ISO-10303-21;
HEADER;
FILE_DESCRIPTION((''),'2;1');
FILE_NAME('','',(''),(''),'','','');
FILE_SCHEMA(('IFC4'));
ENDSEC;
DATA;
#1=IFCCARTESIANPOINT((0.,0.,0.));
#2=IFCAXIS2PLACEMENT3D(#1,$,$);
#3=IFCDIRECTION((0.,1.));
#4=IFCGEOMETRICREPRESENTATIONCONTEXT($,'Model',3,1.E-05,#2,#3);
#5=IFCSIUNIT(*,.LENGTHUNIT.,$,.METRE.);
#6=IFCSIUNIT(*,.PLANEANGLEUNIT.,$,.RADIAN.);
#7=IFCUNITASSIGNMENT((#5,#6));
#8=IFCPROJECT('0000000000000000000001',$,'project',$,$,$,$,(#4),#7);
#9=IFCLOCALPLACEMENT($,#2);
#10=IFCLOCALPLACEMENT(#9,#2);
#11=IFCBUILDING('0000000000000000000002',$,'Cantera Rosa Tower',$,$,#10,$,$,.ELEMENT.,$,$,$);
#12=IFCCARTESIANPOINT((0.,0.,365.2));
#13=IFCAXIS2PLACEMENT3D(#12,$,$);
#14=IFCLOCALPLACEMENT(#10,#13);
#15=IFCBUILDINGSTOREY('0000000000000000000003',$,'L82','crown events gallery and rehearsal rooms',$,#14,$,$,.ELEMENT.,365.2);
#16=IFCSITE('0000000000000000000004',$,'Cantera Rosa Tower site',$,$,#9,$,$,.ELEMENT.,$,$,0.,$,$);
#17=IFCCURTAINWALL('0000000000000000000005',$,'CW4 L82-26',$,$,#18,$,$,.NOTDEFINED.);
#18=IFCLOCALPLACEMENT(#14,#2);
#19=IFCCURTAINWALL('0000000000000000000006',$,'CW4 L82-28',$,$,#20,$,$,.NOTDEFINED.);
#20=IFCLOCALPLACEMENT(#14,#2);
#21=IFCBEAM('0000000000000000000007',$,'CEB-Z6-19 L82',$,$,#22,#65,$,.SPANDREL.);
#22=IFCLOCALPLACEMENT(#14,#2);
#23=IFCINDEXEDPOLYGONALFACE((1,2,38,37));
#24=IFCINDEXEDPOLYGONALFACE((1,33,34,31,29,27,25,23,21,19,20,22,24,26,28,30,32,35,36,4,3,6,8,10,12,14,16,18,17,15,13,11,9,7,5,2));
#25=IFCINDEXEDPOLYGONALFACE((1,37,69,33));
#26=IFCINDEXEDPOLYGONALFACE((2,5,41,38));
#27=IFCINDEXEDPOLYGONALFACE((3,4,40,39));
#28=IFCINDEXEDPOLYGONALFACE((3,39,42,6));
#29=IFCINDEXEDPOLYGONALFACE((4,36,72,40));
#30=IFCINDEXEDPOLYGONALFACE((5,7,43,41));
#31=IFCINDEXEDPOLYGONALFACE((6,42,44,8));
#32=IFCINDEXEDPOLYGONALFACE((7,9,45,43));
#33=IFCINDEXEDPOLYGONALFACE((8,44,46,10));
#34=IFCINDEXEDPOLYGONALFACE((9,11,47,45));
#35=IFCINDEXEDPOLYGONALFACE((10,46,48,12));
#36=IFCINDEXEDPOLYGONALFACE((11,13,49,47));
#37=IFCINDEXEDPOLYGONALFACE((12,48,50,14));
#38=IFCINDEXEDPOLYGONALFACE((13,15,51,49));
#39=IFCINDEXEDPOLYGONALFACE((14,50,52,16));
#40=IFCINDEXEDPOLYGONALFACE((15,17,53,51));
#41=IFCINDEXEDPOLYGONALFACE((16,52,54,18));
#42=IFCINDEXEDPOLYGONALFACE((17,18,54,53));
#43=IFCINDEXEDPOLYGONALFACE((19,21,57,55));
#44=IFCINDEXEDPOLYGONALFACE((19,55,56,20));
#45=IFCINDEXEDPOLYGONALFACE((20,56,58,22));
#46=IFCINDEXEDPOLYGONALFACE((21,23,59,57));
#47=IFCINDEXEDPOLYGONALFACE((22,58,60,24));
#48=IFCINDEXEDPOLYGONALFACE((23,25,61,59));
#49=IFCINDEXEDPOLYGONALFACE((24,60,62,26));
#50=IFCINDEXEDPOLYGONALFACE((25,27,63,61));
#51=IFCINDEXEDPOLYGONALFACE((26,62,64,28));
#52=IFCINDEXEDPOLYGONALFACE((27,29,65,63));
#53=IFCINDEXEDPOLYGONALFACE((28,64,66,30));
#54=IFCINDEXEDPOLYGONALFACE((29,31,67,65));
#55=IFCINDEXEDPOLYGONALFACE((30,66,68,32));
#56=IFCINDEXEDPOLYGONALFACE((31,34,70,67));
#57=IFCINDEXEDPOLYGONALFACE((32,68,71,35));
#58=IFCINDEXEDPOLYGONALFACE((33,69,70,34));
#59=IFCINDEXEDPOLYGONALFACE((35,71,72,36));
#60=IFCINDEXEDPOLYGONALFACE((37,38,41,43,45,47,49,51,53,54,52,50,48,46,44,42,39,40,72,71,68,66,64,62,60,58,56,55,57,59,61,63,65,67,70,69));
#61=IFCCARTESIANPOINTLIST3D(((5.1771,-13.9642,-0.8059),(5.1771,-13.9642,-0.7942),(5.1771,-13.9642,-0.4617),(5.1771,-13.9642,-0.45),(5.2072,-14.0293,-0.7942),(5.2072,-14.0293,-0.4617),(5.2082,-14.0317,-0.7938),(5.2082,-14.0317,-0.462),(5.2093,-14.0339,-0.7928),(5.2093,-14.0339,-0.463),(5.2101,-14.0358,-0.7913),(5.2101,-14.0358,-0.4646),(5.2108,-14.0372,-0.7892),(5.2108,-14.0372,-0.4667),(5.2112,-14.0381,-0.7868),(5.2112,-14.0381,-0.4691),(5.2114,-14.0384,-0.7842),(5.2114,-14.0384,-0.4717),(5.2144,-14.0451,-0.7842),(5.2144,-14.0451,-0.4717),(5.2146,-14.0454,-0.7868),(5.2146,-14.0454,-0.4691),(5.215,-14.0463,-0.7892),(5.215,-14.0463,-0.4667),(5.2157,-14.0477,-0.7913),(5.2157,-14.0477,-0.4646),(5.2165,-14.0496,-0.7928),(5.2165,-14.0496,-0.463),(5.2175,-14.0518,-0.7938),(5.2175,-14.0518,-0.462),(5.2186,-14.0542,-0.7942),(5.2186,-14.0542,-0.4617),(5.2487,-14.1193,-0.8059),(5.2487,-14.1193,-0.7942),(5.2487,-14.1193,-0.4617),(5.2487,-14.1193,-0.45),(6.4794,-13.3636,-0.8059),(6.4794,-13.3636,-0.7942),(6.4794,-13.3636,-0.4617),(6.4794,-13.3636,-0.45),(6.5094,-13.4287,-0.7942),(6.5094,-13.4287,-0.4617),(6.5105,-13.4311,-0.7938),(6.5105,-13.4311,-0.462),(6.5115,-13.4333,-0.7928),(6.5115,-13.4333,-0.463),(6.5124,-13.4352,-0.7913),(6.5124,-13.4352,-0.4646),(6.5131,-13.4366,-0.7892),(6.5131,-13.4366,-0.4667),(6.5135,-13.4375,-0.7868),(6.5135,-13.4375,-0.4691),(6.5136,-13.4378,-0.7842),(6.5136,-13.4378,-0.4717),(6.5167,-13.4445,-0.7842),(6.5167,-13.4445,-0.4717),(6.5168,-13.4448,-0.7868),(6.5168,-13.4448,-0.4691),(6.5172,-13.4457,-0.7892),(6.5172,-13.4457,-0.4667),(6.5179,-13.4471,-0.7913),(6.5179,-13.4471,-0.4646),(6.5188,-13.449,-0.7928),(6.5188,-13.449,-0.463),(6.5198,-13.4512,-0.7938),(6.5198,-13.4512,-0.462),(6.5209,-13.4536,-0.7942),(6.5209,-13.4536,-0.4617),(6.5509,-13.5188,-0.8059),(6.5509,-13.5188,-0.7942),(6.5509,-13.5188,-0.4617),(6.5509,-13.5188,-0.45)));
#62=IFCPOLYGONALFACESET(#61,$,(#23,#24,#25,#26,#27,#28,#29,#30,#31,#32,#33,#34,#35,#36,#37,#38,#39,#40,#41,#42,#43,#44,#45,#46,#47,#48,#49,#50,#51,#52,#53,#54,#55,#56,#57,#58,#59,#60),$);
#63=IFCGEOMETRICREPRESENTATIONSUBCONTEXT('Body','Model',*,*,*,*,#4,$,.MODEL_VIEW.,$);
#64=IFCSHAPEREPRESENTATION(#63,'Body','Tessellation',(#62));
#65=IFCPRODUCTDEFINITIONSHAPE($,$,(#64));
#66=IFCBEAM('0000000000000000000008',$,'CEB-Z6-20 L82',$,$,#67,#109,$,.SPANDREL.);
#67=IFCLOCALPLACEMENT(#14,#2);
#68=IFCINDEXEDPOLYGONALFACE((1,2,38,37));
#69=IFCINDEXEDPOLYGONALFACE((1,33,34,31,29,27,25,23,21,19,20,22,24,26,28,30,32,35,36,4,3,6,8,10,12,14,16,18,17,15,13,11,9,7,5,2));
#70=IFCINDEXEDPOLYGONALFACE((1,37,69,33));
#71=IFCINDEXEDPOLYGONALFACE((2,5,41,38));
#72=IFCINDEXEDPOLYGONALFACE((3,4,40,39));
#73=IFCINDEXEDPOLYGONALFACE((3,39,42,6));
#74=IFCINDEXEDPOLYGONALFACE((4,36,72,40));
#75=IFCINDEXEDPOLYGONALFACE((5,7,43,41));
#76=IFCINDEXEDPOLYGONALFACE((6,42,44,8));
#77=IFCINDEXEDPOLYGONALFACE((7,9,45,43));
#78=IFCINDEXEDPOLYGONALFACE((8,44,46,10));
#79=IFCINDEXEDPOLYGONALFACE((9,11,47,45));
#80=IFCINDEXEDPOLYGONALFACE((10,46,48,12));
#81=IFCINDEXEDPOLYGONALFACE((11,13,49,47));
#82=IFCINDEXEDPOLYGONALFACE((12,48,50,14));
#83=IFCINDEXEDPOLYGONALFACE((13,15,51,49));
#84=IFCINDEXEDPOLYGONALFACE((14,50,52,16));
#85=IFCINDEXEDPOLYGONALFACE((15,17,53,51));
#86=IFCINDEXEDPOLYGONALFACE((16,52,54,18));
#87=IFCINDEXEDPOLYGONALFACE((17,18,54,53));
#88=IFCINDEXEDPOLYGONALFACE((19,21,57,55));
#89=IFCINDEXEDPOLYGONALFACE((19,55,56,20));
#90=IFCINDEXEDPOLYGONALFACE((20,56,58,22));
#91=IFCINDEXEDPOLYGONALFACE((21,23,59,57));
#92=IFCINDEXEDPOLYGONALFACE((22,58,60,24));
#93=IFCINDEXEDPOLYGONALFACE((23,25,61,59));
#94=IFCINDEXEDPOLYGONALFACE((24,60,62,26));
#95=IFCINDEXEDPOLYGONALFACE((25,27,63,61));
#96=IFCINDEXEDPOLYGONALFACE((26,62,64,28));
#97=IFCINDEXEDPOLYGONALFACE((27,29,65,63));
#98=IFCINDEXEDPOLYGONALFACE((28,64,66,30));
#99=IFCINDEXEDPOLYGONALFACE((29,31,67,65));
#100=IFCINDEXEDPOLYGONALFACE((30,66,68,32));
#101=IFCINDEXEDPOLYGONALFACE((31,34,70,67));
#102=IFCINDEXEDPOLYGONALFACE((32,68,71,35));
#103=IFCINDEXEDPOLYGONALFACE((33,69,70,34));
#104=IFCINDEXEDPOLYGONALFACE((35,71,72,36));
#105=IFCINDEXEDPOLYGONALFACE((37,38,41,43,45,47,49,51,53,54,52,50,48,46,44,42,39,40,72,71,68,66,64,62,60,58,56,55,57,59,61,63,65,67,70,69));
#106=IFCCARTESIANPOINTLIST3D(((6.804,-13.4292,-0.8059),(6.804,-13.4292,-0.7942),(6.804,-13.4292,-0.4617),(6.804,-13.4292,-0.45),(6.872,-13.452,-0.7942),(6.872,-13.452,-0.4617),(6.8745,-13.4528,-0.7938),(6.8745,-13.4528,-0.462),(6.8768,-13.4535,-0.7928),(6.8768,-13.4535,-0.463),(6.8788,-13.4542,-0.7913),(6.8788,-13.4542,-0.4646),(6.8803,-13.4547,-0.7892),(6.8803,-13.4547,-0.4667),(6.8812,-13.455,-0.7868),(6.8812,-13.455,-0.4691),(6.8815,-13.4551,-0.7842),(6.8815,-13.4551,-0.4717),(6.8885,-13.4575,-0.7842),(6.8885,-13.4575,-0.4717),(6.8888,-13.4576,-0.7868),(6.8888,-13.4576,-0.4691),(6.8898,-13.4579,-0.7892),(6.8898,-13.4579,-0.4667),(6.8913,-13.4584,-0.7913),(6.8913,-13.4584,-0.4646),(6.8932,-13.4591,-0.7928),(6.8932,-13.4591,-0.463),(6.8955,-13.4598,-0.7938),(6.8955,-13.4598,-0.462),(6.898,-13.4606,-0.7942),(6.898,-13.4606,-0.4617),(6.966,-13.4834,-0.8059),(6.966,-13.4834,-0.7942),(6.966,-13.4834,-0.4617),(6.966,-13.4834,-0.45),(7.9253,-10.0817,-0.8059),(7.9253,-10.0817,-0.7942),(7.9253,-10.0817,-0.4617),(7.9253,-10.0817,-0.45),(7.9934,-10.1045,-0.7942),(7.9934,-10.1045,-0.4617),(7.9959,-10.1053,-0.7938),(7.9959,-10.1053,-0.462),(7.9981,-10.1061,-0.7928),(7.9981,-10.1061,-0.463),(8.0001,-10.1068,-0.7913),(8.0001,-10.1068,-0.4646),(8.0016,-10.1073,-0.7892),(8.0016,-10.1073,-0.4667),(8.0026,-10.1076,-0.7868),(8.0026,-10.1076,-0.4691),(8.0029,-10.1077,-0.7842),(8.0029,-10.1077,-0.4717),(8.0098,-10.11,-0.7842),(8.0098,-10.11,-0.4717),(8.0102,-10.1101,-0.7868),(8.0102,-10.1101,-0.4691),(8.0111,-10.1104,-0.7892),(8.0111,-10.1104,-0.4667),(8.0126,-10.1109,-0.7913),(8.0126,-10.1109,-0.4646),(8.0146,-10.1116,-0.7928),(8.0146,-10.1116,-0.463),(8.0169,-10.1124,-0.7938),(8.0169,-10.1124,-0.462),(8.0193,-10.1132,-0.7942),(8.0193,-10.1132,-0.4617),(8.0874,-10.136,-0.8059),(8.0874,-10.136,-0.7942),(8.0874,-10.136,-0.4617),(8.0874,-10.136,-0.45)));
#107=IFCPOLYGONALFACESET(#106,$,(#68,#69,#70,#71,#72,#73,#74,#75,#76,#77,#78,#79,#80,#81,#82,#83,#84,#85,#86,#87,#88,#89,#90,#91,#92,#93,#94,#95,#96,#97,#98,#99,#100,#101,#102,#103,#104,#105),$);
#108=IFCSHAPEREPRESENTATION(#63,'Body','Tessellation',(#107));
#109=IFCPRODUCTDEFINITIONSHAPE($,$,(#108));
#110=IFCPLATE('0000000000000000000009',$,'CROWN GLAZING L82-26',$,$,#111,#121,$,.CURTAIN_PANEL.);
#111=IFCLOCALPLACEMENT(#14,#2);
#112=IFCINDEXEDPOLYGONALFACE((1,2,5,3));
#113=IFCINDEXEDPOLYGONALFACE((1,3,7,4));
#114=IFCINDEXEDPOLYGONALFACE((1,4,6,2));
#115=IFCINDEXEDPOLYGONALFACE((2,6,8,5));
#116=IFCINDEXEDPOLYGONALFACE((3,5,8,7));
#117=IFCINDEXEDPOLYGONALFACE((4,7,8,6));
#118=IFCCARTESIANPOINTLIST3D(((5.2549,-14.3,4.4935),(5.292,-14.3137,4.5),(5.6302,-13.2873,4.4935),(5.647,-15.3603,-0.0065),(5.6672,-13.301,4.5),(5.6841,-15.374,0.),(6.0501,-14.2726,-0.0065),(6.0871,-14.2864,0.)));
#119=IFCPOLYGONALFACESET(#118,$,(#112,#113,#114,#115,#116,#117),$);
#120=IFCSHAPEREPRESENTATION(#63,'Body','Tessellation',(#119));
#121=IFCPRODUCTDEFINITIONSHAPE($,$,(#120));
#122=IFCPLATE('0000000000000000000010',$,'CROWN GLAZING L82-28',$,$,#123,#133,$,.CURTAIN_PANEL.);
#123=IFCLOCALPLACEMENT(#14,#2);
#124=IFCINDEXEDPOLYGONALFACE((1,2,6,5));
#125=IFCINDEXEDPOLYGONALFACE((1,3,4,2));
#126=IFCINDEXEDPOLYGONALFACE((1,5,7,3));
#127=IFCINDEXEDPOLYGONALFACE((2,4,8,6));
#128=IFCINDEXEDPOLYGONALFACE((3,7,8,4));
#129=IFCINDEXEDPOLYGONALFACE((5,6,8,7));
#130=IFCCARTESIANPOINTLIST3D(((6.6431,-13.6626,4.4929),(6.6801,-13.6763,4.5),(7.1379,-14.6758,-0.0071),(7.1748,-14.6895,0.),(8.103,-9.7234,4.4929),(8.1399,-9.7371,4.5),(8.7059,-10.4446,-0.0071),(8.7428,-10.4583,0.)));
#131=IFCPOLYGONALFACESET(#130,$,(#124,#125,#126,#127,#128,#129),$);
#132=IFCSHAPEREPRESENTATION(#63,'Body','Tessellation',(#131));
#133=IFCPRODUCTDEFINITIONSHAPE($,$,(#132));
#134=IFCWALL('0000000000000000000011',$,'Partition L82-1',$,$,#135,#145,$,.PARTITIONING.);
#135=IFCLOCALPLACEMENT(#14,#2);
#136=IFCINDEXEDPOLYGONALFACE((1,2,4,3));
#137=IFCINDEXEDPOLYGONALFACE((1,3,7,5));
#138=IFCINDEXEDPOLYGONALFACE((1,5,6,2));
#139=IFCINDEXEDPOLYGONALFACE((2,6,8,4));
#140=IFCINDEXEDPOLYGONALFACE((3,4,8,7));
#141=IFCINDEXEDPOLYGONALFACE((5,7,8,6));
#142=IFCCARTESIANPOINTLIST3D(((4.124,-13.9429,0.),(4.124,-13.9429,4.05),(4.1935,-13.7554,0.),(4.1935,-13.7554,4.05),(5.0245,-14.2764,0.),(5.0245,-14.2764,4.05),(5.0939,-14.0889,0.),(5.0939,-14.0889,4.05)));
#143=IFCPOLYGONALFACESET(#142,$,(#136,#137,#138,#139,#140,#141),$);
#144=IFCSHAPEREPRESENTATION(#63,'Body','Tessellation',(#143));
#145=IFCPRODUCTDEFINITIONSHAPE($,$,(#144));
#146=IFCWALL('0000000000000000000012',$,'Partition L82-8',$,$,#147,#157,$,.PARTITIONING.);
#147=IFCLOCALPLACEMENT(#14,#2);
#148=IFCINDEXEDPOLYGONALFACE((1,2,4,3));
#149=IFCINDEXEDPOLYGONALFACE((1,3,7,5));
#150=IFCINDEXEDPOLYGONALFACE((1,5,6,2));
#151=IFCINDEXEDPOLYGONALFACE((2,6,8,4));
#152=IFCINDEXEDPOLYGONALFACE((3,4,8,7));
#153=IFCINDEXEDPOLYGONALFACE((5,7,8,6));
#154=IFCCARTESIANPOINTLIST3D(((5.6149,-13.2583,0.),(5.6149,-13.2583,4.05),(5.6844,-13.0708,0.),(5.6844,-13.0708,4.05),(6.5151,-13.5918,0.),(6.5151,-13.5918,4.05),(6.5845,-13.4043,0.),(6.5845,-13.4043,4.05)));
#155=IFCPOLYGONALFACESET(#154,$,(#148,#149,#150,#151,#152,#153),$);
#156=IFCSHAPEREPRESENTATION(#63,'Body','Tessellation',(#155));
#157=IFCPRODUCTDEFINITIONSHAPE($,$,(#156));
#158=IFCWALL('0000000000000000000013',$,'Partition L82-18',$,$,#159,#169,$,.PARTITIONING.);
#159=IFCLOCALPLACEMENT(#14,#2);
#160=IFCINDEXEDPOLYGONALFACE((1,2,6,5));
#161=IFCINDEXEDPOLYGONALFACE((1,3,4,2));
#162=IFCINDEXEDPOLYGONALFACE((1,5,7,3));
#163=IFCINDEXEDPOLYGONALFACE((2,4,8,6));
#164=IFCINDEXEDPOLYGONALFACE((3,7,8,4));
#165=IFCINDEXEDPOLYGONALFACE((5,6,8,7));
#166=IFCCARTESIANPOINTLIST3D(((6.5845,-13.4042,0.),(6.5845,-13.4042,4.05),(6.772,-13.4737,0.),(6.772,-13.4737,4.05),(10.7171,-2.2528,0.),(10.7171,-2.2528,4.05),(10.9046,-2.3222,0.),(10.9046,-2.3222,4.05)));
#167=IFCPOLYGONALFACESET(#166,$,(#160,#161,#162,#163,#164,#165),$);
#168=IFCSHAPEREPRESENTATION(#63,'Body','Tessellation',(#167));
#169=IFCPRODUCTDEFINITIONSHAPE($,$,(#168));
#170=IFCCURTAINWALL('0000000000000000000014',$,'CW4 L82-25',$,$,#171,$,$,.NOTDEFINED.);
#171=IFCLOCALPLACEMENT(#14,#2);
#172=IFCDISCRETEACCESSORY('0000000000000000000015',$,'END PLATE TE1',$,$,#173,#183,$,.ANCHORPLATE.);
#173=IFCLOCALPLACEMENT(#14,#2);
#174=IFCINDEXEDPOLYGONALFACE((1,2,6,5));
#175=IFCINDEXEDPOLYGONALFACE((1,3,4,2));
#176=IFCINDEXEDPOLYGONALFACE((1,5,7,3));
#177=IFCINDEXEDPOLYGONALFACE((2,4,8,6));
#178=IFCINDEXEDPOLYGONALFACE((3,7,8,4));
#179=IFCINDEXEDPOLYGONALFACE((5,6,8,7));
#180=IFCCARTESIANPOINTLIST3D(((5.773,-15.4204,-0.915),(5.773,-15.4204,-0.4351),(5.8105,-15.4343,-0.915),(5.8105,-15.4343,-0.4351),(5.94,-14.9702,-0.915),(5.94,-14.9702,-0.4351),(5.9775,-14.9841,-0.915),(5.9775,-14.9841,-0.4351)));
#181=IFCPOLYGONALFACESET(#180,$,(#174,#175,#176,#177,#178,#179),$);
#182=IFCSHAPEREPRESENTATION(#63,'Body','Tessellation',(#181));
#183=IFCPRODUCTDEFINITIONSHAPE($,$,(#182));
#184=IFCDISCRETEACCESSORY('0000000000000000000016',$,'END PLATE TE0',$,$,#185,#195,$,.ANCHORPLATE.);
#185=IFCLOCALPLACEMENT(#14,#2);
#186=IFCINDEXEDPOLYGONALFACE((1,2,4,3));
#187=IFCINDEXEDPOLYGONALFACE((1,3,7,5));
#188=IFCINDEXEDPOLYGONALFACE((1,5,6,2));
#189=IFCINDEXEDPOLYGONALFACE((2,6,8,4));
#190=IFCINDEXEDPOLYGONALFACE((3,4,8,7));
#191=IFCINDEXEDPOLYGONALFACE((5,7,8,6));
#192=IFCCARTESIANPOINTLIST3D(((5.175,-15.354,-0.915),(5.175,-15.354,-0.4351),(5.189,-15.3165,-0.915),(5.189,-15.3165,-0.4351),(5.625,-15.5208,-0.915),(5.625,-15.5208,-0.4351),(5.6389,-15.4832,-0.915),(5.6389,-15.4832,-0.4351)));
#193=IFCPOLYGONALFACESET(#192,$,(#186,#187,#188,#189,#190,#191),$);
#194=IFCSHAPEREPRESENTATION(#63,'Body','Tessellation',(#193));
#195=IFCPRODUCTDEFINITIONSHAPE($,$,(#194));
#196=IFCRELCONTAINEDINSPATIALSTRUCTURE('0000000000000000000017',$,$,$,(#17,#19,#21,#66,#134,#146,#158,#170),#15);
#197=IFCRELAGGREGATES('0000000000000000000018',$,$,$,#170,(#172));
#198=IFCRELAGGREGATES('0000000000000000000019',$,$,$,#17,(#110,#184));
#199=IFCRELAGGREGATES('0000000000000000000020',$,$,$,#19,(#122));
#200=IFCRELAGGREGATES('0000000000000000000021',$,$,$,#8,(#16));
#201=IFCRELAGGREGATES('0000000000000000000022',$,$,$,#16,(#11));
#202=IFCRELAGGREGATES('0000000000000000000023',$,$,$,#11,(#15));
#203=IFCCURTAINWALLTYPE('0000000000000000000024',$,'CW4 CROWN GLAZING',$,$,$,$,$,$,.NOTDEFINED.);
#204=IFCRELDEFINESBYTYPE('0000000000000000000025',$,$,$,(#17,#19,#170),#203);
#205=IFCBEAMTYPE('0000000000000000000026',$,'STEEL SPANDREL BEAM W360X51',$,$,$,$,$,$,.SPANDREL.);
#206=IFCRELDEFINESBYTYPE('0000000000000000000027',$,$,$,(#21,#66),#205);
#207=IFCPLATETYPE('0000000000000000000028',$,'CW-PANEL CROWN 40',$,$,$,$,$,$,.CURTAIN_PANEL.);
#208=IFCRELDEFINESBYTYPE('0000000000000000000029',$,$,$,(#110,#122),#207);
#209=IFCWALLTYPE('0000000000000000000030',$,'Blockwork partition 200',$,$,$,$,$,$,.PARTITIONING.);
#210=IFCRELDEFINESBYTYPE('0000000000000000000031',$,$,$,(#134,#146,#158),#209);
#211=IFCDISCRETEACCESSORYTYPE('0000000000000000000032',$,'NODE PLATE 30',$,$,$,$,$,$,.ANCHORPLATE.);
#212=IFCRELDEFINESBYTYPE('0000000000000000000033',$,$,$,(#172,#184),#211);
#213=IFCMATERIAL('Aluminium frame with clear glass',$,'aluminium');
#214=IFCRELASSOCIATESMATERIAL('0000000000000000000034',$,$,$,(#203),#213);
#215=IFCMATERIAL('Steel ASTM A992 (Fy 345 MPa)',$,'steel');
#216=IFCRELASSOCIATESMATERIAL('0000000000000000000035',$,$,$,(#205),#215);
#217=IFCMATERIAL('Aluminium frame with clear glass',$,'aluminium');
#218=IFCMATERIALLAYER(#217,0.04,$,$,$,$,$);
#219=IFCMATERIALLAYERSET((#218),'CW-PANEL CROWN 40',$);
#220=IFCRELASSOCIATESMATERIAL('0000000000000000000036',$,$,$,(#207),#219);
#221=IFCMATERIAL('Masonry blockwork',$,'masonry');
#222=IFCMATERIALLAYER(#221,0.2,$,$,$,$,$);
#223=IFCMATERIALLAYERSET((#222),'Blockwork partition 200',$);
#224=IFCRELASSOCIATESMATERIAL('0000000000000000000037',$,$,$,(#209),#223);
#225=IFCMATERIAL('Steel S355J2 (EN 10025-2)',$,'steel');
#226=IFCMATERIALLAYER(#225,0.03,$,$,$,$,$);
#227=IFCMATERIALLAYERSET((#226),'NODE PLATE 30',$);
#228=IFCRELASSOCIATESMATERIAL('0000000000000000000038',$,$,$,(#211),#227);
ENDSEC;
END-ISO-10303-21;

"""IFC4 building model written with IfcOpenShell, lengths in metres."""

from ifc_helpers import new_model, si_unit, direction, frame, frame_2d, origin, origin_2d, place, context, subcontext, project, spatial, polyline, rectangle, i_section, outline, extrude, material, layer, layer_set, material_profile, profile_set, type_object, element, aggregate, save


model = new_model("IFC4")

# Units and contexts
model_context = context("Model", 3, precision=1e-05, world=origin(), true_north=direction((0.0, 1.0)))
body_context = subcontext(model_context, "Body", "Model", "MODEL_VIEW")
ifc_project = project(units=[si_unit("LENGTHUNIT", "METRE"), si_unit("PLANEANGLEUNIT", "RADIAN")], contexts=[model_context])

# Site, building, storey
site_placement = place(None, origin())
site = spatial("IfcSite", under=ifc_project, at=site_placement, Name="Cantera Rosa Tower site", CompositionType="ELEMENT", RefElevation=0.0)
building_placement = place(site_placement, origin())
building = spatial("IfcBuilding", under=site, at=building_placement, Name="Cantera Rosa Tower", CompositionType="ELEMENT")
storey_placement = place(building_placement, frame((0.0, 0.0, 365.2)))
storey = spatial("IfcBuildingStorey", under=building, at=storey_placement, Name="L82", Description="crown events gallery and rehearsal rooms", CompositionType="ELEMENT", Elevation=365.2)

# Curtain walls
ifc_material_1 = material(Name="Aluminium frame with clear glass", Category="aluminium")
curtain_wall_type = type_object("IfcCurtainWallType", Name="CW4 CROWN GLAZING", PredefinedType="NOTDEFINED", material=ifc_material_1)
curtain_wall_1_placement = place(storey_placement, origin())
curtain_wall_1 = element("IfcCurtainWall", 1, at=curtain_wall_1_placement, inside=storey, type_object=curtain_wall_type, Name="CW4 L82-26", PredefinedType="NOTDEFINED")
curtain_wall_2_placement = place(storey_placement, origin())
curtain_wall_2 = element("IfcCurtainWall", 2, at=curtain_wall_2_placement, inside=storey, type_object=curtain_wall_type, Name="CW4 L82-28", PredefinedType="NOTDEFINED")

# Beams
ifc_material_2 = material(Name="Steel ASTM A992 (Fy 345 MPa)", Category="steel")
ifc_material_profile_1 = material_profile(ifc_material_2, i_section(OverallWidth=0.1709, OverallDepth=0.356, WebThickness=0.0073, FlangeThickness=0.0117, FilletRadius=0.01, at=origin_2d()), Name="W360X51")
ifc_profile_set_1 = profile_set([ifc_material_profile_1], Name="Steel ASTM A992 (Fy 345 MPa)")
beam_type_1 = type_object("IfcBeamType", Name="STEEL SPANDREL BEAM W360X51", PredefinedType="SPANDREL", material=ifc_profile_set_1)
beam_1_placement = place(storey_placement, frame((5.2129, -14.0417, -0.6279), z_axis=(0.908079, 0.418799, 0.0), x_axis=(-0.418799, 0.908079, 0.0)))
element("IfcBeam", 3, at=beam_1_placement, inside=storey, type_object=beam_type_1, Name="CEB-Z6-19 L82", PredefinedType="SPANDREL", context=body_context, shape_type="SweptSolid", body=[
    extrude(i_section(OverallWidth=0.1709, OverallDepth=0.356, WebThickness=0.0073, FlangeThickness=0.0117, FilletRadius=0.01, at=origin_2d()), origin(), (0.0, 0.0, 1.0), 1.4341),
])
beam_2_placement = place(storey_placement, frame((6.885, -13.4563, -0.6279), z_axis=(0.317638, 0.948212, 0.0), x_axis=(-0.948212, 0.317638, 0.0)))
element("IfcBeam", 4, at=beam_2_placement, inside=storey, type_object=beam_type_1, Name="CEB-Z6-20 L82", PredefinedType="SPANDREL", context=body_context, shape_type="SweptSolid", body=[
    extrude(i_section(OverallWidth=0.1709, OverallDepth=0.356, WebThickness=0.0073, FlangeThickness=0.0117, FilletRadius=0.01, at=origin_2d()), origin(), (0.0, 0.0, 1.0), 3.5303),
])

# Plates
ifc_material_3 = material(Name="Aluminium frame with clear glass", Category="aluminium")
ifc_layer_1 = layer(ifc_material_3, 0.04)
ifc_layer_set_1 = layer_set([ifc_layer_1], Name="CW-PANEL CROWN 40")
plate_type = type_object("IfcPlateType", Name="CW-PANEL CROWN 40", PredefinedType="CURTAIN_PANEL", material=ifc_layer_set_1)
plate_1_placement = place(storey_placement, frame((5.6841, -15.374, 0.0), z_axis=(0.925389, -0.34292, 0.161436), x_axis=(0.347478, 0.937688, -0.000004)))
plate_1 = element("IfcPlate", 5, at=plate_1_placement, type_object=plate_type, Name="CROWN GLAZING L82-26", PredefinedType="CURTAIN_PANEL", context=body_context, shape_type="SweptSolid", body=[
    extrude(outline(polyline([(0.0, 0.0), (1.1599, 0.0), (1.938, 4.5598), (0.858, 4.5598), (0.0, 0.0)])), origin(), (0.0, 0.0, -1.0), 0.04),
])
plate_2_placement = place(storey_placement, frame((7.1748, -14.6895, 0.0), z_axis=(0.922638, -0.341916, 0.178417), x_axis=(0.34749, 0.937684, 0.000005)))
plate_2 = element("IfcPlate", 6, at=plate_2_placement, type_object=plate_type, Name="CROWN GLAZING L82-28", PredefinedType="CURTAIN_PANEL", context=body_context, shape_type="SweptSolid", body=[
    extrude(outline(polyline([(0.0, 0.0), (4.5123, 0.0), (4.9792, 4.5734), (0.7781, 4.5734), (0.0, 0.0)])), origin(), (0.0, 0.0, -1.0), 0.04),
])

# Walls
ifc_material_4 = material(Name="Masonry blockwork", Category="masonry")
ifc_layer_2 = layer(ifc_material_4, 0.2)
ifc_layer_set_2 = layer_set([ifc_layer_2], Name="Blockwork partition 200")
wall_type = type_object("IfcWallType", Name="Blockwork partition 200", PredefinedType="PARTITIONING", material=ifc_layer_set_2)
wall_1_placement = place(storey_placement, frame((5.0591, -14.1826, 0.0), z_axis=(0.0, 0.0, 1.0), x_axis=(-0.937743, 0.347331, 0.0)))
element("IfcWall", 7, at=wall_1_placement, inside=storey, type_object=wall_type, Name="Partition L82-1", PredefinedType="PARTITIONING", context=body_context, shape_type="SweptSolid", body=[
    extrude(rectangle(XDim=0.9602, YDim=0.2, at=frame_2d((0.48, 0.0))), origin(), (0.0, 0.0, 1.0), 4.05),
])
wall_2_placement = place(storey_placement, frame((6.5498, -13.498, 0.0), z_axis=(0.0, 0.0, 1.0), x_axis=(-0.937712, 0.347414, 0.0)))
element("IfcWall", 8, at=wall_2_placement, inside=storey, type_object=wall_type, Name="Partition L82-8", PredefinedType="PARTITIONING", context=body_context, shape_type="SweptSolid", body=[
    extrude(rectangle(XDim=0.96, YDim=0.2, at=frame_2d((0.48, 0.0))), origin(), (0.0, 0.0, 1.0), 4.05),
])
wall_3_placement = place(storey_placement, frame((6.6782, -13.439, 0.0), z_axis=(0.0, 0.0, 1.0), x_axis=(0.347494, 0.937682, 0.0)))
element("IfcWall", 9, at=wall_3_placement, inside=storey, type_object=wall_type, Name="Partition L82-18", PredefinedType="PARTITIONING", context=body_context, shape_type="SweptSolid", body=[
    extrude(rectangle(XDim=11.8926, YDim=0.2, at=frame_2d((5.9463, 0.0))), origin(), (0.0, 0.0, 1.0), 4.05),
])

# Curtain wall, discrete accessory
curtain_wall_3_placement = place(storey_placement, origin())
curtain_wall_3 = element("IfcCurtainWall", 10, at=curtain_wall_3_placement, inside=storey, type_object=curtain_wall_type, Name="CW4 L82-25", PredefinedType="NOTDEFINED")
ifc_material_5 = material(Name="Steel S355J2 (EN 10025-2)", Category="steel")
ifc_layer_3 = layer(ifc_material_5, 0.03)
ifc_layer_set_3 = layer_set([ifc_layer_3], Name="NODE PLATE 30")
discrete_accessory_type = type_object("IfcDiscreteAccessoryType", Name="NODE PLATE 30", PredefinedType="ANCHORPLATE", material=ifc_layer_set_3)
discrete_accessory_1_placement = place(storey_placement, frame((5.9775, -14.9841, -0.4351), z_axis=(0.937577, -0.347778, 0.0), x_axis=(-0.347778, -0.937577, 0.0)))
discrete_accessory_1 = element("IfcDiscreteAccessory", 11, at=discrete_accessory_1_placement, type_object=discrete_accessory_type, Name="END PLATE TE1", PredefinedType="ANCHORPLATE", context=body_context, shape_type="SweptSolid", body=[
    extrude(outline(polyline([(0.0, 0.0), (0.4802, 0.0), (0.4802, 0.48), (0.0, 0.48), (0.0, 0.0)])), origin(), (0.0, 0.0, -1.0), 0.04),
])
aggregate(curtain_wall_3, [discrete_accessory_1])

# Discrete accessory
discrete_accessory_2_placement = place(storey_placement, frame((5.625, -15.5208, -0.4351), z_axis=(-0.347497, -0.937681, 0.0), x_axis=(-0.937681, 0.347497, 0.0)))
discrete_accessory_2 = element("IfcDiscreteAccessory", 12, at=discrete_accessory_2_placement, type_object=discrete_accessory_type, Name="END PLATE TE0", PredefinedType="ANCHORPLATE", context=body_context, shape_type="SweptSolid", body=[
    extrude(outline(polyline([(0.0, 0.0), (0.4799, 0.0), (0.4799, 0.48), (0.0, 0.48), (0.0, 0.0)])), origin(), (0.0, 0.0, -1.0), 0.04),
])
aggregate(curtain_wall_1, [plate_1, discrete_accessory_2])
aggregate(curtain_wall_2, [plate_2])

save(model, "model.ifc")
